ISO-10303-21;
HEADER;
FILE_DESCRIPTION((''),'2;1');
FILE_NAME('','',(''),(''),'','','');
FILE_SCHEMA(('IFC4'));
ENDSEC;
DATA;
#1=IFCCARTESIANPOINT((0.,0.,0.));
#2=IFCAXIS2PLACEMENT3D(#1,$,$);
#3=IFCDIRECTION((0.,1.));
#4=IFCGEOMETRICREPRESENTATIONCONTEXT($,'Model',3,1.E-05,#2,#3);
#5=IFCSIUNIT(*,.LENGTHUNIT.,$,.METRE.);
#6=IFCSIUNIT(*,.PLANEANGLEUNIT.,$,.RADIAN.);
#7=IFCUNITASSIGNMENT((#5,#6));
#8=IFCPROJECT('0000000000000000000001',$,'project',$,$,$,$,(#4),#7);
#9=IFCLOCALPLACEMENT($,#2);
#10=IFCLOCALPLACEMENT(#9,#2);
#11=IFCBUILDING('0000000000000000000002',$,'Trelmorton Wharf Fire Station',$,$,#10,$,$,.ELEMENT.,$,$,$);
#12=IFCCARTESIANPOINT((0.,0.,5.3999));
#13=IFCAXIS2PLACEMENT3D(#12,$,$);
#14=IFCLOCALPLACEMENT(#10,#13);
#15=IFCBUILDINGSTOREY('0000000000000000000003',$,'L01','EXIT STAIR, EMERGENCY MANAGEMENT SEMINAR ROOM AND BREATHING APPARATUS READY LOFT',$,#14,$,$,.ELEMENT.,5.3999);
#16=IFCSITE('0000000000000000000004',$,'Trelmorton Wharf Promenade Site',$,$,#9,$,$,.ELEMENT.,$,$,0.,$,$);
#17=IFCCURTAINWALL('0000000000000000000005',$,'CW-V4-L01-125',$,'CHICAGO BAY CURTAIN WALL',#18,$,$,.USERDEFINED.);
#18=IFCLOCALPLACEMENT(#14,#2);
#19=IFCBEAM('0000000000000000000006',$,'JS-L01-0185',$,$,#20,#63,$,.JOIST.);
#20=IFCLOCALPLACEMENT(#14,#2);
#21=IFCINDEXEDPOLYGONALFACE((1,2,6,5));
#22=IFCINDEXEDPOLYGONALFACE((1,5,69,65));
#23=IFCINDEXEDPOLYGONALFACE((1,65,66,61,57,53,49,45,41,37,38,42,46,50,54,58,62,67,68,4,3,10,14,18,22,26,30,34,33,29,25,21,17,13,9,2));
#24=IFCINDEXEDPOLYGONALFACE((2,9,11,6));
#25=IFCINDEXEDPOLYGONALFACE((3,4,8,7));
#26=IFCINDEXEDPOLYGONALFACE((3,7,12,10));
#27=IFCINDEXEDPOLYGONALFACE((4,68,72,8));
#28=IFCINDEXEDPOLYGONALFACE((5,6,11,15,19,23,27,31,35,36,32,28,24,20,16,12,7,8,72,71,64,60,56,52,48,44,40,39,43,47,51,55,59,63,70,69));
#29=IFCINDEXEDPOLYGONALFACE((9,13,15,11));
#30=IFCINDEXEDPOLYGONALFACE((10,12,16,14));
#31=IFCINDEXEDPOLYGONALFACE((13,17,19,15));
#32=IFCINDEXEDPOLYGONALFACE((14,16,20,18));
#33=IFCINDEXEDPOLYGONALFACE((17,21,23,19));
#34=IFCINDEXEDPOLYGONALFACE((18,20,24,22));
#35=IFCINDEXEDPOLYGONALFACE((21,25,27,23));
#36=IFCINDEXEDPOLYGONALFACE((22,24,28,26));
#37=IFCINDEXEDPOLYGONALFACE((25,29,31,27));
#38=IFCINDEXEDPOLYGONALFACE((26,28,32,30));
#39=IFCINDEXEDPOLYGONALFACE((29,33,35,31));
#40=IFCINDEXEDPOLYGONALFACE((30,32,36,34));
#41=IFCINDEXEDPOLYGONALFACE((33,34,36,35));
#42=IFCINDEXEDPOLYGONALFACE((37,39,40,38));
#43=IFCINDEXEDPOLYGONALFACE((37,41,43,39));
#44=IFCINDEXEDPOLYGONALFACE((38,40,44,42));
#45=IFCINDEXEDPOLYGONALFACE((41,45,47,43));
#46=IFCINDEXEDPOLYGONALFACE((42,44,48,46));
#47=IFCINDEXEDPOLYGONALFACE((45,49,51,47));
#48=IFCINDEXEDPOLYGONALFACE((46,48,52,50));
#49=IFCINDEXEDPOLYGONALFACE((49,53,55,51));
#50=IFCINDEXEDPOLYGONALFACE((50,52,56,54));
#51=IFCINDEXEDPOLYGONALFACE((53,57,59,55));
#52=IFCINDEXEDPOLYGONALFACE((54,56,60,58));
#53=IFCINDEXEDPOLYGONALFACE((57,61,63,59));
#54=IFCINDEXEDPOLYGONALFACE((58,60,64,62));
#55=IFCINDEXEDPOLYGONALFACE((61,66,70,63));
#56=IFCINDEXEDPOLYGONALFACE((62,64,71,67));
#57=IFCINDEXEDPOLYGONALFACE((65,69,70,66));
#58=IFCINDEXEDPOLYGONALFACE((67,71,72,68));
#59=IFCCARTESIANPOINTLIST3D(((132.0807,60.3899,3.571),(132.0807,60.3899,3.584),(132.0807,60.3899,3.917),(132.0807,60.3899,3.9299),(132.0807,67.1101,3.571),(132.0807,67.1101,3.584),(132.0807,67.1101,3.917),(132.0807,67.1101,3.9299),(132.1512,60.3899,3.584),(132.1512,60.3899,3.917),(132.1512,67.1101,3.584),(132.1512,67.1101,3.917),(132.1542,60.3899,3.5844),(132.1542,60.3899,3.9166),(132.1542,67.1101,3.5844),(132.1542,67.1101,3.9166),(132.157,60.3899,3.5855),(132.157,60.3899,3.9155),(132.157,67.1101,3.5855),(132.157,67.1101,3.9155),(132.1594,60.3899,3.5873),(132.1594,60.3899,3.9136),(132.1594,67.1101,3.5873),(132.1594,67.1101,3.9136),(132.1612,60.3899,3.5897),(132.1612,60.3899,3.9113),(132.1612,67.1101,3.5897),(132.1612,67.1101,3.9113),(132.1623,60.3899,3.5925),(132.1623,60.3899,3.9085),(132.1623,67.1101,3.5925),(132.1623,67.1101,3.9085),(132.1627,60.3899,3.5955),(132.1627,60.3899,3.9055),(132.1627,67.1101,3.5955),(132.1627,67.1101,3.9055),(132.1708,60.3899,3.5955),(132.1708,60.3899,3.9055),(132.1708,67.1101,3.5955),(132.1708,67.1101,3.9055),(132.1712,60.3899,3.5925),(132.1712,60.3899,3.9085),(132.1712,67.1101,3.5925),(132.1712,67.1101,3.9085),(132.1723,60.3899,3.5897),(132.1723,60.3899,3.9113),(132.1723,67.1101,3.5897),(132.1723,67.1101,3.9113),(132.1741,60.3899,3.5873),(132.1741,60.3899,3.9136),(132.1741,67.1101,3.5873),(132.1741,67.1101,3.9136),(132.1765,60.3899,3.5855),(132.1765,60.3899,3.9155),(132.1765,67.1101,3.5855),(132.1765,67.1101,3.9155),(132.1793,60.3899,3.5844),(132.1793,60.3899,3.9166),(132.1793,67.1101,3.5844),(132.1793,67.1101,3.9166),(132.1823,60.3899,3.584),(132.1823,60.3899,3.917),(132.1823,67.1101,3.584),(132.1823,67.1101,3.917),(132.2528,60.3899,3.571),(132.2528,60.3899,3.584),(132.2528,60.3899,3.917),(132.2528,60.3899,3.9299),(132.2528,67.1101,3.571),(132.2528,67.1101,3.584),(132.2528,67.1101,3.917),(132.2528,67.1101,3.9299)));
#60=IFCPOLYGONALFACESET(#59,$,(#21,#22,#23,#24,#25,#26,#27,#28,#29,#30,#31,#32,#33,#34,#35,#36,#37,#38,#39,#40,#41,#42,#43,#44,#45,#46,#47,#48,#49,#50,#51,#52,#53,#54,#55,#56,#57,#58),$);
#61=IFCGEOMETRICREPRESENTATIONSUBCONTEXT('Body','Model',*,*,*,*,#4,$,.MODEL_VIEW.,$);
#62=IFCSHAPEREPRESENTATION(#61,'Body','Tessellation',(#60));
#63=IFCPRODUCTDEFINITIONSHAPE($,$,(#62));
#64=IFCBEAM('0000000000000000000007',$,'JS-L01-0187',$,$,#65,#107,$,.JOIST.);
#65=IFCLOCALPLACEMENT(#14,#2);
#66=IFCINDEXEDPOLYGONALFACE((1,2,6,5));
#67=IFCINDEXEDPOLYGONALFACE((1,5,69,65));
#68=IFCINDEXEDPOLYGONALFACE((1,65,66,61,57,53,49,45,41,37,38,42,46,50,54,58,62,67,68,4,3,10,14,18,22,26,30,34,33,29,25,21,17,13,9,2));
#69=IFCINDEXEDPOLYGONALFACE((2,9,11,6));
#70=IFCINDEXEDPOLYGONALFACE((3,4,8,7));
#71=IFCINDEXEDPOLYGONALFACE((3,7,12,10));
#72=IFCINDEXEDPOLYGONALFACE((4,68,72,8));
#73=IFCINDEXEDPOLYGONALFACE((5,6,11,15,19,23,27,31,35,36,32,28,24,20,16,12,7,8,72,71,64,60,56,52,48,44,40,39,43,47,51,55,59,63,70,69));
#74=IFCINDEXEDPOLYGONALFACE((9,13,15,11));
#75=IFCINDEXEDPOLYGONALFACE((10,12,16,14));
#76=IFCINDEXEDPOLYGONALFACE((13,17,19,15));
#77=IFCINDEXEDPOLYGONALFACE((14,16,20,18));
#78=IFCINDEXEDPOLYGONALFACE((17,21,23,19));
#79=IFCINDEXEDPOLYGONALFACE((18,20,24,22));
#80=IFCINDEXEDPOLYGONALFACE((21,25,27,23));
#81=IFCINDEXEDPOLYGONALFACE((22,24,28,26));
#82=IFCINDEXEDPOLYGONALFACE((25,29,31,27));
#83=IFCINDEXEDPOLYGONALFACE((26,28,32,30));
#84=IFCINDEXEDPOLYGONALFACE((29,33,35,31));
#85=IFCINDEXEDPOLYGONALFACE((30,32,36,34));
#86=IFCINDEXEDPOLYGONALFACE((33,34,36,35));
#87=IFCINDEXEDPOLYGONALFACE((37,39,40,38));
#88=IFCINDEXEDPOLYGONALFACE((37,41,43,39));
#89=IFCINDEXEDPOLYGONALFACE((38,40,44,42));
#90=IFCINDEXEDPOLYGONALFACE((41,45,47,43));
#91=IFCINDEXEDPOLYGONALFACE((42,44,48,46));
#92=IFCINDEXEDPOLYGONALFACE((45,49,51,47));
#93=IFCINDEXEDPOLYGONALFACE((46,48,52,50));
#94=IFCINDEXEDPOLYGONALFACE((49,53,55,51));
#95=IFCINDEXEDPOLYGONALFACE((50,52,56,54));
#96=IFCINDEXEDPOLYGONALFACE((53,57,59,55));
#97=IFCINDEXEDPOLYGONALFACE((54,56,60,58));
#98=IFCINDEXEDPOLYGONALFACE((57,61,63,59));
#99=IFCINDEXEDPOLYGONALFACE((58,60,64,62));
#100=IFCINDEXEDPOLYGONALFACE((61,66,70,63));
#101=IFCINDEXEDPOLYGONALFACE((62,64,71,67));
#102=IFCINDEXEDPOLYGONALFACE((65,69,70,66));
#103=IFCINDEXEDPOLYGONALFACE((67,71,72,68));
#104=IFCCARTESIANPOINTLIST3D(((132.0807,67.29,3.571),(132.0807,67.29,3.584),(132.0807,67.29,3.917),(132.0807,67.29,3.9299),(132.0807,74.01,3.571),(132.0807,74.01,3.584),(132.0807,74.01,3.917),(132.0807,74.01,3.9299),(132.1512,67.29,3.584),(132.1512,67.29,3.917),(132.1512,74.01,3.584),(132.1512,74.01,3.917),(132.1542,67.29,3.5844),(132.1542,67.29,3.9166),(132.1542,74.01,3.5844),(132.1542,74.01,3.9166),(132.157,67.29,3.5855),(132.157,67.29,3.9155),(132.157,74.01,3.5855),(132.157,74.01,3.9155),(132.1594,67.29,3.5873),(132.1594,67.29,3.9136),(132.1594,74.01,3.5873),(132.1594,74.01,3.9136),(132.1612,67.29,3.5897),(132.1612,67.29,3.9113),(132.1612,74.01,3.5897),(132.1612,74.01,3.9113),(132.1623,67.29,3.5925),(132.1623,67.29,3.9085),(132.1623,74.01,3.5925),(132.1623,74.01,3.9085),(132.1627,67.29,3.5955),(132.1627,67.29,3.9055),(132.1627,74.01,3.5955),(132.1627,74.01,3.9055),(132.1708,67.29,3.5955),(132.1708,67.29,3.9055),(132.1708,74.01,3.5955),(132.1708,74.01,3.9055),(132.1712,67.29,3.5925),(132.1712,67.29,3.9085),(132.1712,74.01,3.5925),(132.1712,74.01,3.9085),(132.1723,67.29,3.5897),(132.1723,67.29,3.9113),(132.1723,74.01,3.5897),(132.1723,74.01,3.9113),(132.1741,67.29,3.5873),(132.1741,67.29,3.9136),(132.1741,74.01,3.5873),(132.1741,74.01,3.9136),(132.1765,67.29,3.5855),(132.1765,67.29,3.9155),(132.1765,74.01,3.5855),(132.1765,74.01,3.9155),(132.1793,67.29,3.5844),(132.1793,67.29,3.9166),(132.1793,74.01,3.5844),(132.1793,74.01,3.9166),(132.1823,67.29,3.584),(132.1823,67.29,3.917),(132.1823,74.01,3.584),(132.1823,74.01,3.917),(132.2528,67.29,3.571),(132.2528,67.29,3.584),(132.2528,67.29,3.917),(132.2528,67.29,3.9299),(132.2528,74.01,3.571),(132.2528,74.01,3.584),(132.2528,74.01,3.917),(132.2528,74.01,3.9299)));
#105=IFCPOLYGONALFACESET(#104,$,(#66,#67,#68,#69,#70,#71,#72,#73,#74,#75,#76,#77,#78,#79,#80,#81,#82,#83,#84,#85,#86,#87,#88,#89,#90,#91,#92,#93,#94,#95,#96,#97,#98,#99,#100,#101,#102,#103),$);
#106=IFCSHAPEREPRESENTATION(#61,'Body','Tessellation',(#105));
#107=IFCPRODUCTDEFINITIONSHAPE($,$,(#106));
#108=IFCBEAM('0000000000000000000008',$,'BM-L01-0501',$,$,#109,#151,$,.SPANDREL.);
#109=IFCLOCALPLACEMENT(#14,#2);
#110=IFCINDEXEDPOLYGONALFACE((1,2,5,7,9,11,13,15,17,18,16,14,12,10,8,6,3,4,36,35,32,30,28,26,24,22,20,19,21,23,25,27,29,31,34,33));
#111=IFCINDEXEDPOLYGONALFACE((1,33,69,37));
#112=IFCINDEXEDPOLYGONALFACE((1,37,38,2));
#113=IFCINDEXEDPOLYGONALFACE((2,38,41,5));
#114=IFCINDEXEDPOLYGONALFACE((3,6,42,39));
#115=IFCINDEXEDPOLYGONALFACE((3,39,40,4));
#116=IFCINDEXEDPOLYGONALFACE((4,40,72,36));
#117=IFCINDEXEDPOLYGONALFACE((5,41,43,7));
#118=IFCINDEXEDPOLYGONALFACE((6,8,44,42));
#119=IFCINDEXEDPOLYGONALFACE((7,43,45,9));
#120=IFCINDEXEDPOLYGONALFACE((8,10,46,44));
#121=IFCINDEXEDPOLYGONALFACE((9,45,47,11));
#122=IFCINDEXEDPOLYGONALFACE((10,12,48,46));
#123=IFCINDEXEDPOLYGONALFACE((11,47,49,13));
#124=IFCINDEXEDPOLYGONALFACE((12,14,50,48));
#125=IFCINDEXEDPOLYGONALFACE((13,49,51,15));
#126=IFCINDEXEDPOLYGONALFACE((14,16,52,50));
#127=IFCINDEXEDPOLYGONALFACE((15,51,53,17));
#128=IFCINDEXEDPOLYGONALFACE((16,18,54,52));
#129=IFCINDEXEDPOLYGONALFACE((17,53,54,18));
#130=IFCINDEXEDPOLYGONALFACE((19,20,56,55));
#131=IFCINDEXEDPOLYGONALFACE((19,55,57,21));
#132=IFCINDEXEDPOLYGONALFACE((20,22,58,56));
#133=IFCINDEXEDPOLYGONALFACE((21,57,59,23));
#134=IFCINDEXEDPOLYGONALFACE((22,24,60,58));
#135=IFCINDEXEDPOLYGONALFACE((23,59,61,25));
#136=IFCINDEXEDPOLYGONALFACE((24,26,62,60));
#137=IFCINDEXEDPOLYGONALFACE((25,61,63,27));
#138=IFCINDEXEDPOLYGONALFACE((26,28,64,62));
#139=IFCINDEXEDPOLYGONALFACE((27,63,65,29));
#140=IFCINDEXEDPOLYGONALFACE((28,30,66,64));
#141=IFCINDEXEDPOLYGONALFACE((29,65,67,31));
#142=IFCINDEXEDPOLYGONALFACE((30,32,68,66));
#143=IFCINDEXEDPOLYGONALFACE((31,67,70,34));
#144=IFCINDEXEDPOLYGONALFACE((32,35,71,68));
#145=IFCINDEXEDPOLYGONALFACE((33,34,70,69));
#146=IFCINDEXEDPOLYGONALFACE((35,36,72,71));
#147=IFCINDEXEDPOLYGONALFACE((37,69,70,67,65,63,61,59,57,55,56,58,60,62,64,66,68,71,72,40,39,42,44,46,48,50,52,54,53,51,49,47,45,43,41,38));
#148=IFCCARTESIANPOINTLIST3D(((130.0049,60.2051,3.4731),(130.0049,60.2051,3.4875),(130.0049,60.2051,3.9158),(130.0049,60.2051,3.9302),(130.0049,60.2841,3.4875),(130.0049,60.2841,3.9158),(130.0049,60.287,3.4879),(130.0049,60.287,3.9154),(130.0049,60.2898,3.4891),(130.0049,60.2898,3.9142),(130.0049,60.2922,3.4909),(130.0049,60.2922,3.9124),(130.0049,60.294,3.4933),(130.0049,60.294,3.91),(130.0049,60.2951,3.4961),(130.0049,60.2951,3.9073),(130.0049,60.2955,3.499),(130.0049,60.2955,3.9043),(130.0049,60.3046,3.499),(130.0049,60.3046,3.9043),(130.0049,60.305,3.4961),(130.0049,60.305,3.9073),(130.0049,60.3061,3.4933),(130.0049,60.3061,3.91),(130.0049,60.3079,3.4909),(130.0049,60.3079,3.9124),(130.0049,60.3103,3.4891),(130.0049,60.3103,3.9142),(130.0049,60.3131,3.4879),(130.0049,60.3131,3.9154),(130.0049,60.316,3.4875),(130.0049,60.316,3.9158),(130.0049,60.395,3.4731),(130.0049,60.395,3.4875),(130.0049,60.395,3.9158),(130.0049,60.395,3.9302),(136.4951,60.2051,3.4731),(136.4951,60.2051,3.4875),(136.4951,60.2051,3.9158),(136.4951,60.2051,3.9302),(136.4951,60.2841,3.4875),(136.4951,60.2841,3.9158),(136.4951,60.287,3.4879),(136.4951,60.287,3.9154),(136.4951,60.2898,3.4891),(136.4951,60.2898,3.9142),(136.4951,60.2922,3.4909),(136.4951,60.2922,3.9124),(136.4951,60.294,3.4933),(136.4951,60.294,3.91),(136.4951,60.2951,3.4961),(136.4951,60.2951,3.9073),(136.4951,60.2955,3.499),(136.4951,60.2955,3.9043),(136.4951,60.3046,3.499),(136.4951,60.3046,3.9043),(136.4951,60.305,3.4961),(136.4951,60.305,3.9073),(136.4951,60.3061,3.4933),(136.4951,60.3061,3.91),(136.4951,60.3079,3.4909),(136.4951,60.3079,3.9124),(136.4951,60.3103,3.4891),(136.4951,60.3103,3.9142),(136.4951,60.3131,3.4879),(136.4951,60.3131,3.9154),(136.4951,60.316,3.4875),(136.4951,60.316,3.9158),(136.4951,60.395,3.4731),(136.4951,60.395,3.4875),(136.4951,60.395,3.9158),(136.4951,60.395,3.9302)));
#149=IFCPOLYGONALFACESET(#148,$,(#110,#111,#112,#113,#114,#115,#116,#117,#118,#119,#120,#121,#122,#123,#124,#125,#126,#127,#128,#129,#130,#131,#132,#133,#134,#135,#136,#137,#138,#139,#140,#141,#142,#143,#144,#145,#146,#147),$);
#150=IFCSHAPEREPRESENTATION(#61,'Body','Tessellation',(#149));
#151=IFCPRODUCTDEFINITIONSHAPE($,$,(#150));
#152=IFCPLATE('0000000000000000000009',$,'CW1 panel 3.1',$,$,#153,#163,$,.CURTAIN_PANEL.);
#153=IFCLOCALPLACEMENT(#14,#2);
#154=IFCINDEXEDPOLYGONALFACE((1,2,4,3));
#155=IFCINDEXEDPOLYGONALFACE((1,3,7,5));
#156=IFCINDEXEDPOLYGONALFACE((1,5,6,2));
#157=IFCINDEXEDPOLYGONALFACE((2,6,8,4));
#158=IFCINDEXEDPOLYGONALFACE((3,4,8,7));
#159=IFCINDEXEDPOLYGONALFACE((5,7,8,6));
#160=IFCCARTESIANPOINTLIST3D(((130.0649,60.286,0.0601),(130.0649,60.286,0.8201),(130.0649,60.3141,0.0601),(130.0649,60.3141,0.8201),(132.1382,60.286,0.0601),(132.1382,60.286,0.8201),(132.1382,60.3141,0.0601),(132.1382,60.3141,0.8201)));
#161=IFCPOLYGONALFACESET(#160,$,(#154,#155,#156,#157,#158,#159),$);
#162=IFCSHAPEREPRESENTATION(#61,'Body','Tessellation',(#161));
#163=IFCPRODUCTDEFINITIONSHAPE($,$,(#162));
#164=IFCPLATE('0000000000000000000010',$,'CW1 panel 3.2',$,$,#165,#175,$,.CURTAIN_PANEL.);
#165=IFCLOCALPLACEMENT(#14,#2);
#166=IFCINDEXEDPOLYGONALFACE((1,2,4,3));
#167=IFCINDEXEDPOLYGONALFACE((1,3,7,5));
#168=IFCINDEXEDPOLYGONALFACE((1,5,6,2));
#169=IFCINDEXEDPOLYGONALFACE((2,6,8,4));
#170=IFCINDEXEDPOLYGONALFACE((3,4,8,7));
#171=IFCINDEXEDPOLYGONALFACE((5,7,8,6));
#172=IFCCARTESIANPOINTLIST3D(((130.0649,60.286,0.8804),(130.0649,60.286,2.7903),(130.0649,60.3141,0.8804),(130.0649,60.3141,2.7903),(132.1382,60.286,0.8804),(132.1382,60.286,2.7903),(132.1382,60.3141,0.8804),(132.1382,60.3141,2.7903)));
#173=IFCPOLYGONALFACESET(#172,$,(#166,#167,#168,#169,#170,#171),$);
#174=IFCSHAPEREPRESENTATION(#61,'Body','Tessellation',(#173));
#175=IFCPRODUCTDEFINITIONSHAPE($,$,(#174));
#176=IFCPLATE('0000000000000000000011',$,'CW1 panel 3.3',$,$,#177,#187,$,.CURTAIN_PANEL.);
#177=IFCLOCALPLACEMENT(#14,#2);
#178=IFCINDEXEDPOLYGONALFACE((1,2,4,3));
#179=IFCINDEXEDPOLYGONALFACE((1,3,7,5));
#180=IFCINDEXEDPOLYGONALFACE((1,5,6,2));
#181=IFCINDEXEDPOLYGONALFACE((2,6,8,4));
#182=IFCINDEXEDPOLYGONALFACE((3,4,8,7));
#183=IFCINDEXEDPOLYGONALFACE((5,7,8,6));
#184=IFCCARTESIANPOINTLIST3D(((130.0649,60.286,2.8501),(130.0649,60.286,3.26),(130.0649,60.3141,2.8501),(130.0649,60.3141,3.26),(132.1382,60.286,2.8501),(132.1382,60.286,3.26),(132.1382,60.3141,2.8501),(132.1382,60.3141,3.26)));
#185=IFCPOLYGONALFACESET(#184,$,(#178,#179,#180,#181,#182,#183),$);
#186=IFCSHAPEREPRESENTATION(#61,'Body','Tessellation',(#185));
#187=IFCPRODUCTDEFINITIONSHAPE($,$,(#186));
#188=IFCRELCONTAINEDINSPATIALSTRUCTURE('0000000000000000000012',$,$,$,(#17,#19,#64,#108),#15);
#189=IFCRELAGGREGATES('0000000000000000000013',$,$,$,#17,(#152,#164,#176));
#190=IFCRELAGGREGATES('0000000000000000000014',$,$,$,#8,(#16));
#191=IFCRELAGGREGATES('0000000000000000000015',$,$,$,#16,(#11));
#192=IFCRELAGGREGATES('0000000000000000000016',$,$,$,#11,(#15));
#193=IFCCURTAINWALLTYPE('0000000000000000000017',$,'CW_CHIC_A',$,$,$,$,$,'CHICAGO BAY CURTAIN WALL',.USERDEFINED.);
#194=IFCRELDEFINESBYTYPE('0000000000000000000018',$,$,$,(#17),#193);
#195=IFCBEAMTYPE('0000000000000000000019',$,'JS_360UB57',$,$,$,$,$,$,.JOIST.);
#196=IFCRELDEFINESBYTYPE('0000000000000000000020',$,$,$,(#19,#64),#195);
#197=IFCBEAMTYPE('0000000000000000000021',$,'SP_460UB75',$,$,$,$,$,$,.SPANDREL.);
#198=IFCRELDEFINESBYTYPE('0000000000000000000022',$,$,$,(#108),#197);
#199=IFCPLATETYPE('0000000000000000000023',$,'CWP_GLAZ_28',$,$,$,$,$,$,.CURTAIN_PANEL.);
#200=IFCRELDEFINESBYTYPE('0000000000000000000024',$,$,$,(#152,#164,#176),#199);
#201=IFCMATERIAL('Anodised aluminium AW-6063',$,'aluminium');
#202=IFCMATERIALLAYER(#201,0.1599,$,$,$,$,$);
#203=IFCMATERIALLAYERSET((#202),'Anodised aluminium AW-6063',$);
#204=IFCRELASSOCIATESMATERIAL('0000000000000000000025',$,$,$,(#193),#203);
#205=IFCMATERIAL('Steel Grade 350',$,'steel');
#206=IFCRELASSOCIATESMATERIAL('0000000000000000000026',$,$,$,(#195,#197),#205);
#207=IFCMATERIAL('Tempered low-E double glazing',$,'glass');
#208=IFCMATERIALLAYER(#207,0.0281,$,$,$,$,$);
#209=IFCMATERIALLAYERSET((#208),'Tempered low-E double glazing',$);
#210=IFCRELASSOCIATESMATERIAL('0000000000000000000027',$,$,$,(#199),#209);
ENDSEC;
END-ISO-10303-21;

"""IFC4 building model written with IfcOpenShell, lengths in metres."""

from ifc_helpers import new_model, si_unit, direction, frame, origin, origin_2d, place, context, subcontext, project, spatial, rectangle, i_section, extrude, material, layer, layer_set, material_profile, profile_set, type_object, element, aggregate, save


model = new_model("IFC4")

# Units and contexts
model_context = context("Model", 3, precision=1e-05, world=origin(), true_north=direction((0.0, 1.0)))
body_context = subcontext(model_context, "Body", "Model", "MODEL_VIEW")
ifc_project = project(units=[si_unit("LENGTHUNIT", "METRE"), si_unit("PLANEANGLEUNIT", "RADIAN")], contexts=[model_context])

# Site, building, storey
site_placement = place(None, origin())
site = spatial("IfcSite", under=ifc_project, at=site_placement, Name="Trelmorton Wharf Promenade Site", CompositionType="ELEMENT", RefElevation=0.0)
building_placement = place(site_placement, origin())
building = spatial("IfcBuilding", under=site, at=building_placement, Name="Trelmorton Wharf Fire Station", CompositionType="ELEMENT")
storey_placement = place(building_placement, frame((0.0, 0.0, 5.3999)))
storey = spatial("IfcBuildingStorey", under=building, at=storey_placement, Name="L01", Description="EXIT STAIR, EMERGENCY MANAGEMENT SEMINAR ROOM AND BREATHING APPARATUS READY LOFT", CompositionType="ELEMENT", Elevation=5.3999)

# Shared definitions
ifc_material_1 = material(Name="Steel Grade 350", Category="steel")

# Curtain wall
ifc_material_2 = material(Name="Anodised aluminium AW-6063", Category="aluminium")
ifc_layer_1 = layer(ifc_material_2, 0.1599)
ifc_layer_set_1 = layer_set([ifc_layer_1], Name="Anodised aluminium AW-6063")
curtain_wall_type = type_object("IfcCurtainWallType", Name="CW_CHIC_A", ElementType="CHICAGO BAY CURTAIN WALL", PredefinedType="USERDEFINED", material=ifc_layer_set_1)
curtain_wall_1_placement = place(storey_placement, origin())
curtain_wall_1 = element("IfcCurtainWall", 1, at=curtain_wall_1_placement, inside=storey, type_object=curtain_wall_type, Name="CW-V4-L01-125", ObjectType="CHICAGO BAY CURTAIN WALL", PredefinedType="USERDEFINED")

# Beams
ifc_material_profile_1 = material_profile(ifc_material_1, i_section(OverallWidth=0.1721, OverallDepth=0.3589, WebThickness=0.0081, FlangeThickness=0.0129, FilletRadius=0.0115, at=origin_2d()), Name="360UB56.7")
ifc_profile_set_1 = profile_set([ifc_material_profile_1], Name="Steel Grade 350")
beam_type_1 = type_object("IfcBeamType", Name="JS_360UB57", PredefinedType="JOIST", material=ifc_profile_set_1)
beam_1_placement = place(storey_placement, frame((132.1667, 60.3899, 3.7505), z_axis=(0.0, 1.0, 0.0), x_axis=(-1.0, 0.0, 0.0)))
element("IfcBeam", 2, at=beam_1_placement, inside=storey, type_object=beam_type_1, Name="JS-L01-0185", PredefinedType="JOIST", context=body_context, shape_type="SweptSolid", body=[
    extrude(i_section(OverallWidth=0.1721, OverallDepth=0.3589, WebThickness=0.0081, FlangeThickness=0.0129, FilletRadius=0.0115, at=origin_2d()), origin(), (0.0, 0.0, 1.0), 6.7202),
])
beam_2_placement = place(storey_placement, frame((132.1667, 67.29, 3.7505), z_axis=(0.0, 1.0, 0.0), x_axis=(-1.0, 0.0, 0.0)))
element("IfcBeam", 3, at=beam_2_placement, inside=storey, type_object=beam_type_1, Name="JS-L01-0187", PredefinedType="JOIST", context=body_context, shape_type="SweptSolid", body=[
    extrude(i_section(OverallWidth=0.1721, OverallDepth=0.3589, WebThickness=0.0081, FlangeThickness=0.0129, FilletRadius=0.0115, at=origin_2d()), origin(), (0.0, 0.0, 1.0), 6.72),
])
ifc_material_profile_2 = material_profile(ifc_material_1, i_section(OverallWidth=0.1899, OverallDepth=0.457, WebThickness=0.009, FlangeThickness=0.0144, FilletRadius=0.0115, at=origin_2d()), Name="460UB74.6")
ifc_profile_set_2 = profile_set([ifc_material_profile_2], Name="Steel Grade 350")
beam_type_2 = type_object("IfcBeamType", Name="SP_460UB75", PredefinedType="SPANDREL", material=ifc_profile_set_2)
beam_3_placement = place(storey_placement, frame((130.0049, 60.3, 3.7017), z_axis=(1.0, 0.0, 0.0), x_axis=(0.0, 1.0, 0.0)))
element("IfcBeam", 4, at=beam_3_placement, inside=storey, type_object=beam_type_2, Name="BM-L01-0501", PredefinedType="SPANDREL", context=body_context, shape_type="SweptSolid", body=[
    extrude(i_section(OverallWidth=0.1899, OverallDepth=0.457, WebThickness=0.009, FlangeThickness=0.0144, FilletRadius=0.0115, at=origin_2d()), origin(), (0.0, 0.0, 1.0), 6.4902),
])

# Plates
ifc_material_3 = material(Name="Tempered low-E double glazing", Category="glass")
ifc_layer_2 = layer(ifc_material_3, 0.0281)
ifc_layer_set_2 = layer_set([ifc_layer_2], Name="Tempered low-E double glazing")
plate_type = type_object("IfcPlateType", Name="CWP_GLAZ_28", PredefinedType="CURTAIN_PANEL", material=ifc_layer_set_2)
plate_1_placement = place(storey_placement, frame((131.1016, 60.3, 0.0601), z_axis=(0.0, 0.0, 1.0), x_axis=(-1.0, 0.0, 0.0)))
plate_1 = element("IfcPlate", 5, at=plate_1_placement, type_object=plate_type, Name="CW1 panel 3.1", PredefinedType="CURTAIN_PANEL", context=body_context, shape_type="SweptSolid", body=[
    extrude(rectangle(XDim=2.0732, YDim=0.0281, at=origin_2d()), origin(), (0.0, 0.0, 1.0), 0.76),
])
plate_2_placement = place(storey_placement, frame((131.1016, 60.3, 0.8804), z_axis=(0.0, 0.0, 1.0), x_axis=(-1.0, 0.0, 0.0)))
plate_2 = element("IfcPlate", 6, at=plate_2_placement, type_object=plate_type, Name="CW1 panel 3.2", PredefinedType="CURTAIN_PANEL", context=body_context, shape_type="SweptSolid", body=[
    extrude(rectangle(XDim=2.0732, YDim=0.0281, at=origin_2d()), origin(), (0.0, 0.0, 1.0), 1.9099),
])
plate_3_placement = place(storey_placement, frame((131.1016, 60.3, 2.8501), z_axis=(0.0, 0.0, 1.0), x_axis=(-1.0, 0.0, 0.0)))
plate_3 = element("IfcPlate", 7, at=plate_3_placement, type_object=plate_type, Name="CW1 panel 3.3", PredefinedType="CURTAIN_PANEL", context=body_context, shape_type="SweptSolid", body=[
    extrude(rectangle(XDim=2.0732, YDim=0.0281, at=origin_2d()), origin(), (0.0, 0.0, 1.0), 0.4099),
])
aggregate(curtain_wall_1, [plate_1, plate_2, plate_3])

save(model, "model.ifc")
